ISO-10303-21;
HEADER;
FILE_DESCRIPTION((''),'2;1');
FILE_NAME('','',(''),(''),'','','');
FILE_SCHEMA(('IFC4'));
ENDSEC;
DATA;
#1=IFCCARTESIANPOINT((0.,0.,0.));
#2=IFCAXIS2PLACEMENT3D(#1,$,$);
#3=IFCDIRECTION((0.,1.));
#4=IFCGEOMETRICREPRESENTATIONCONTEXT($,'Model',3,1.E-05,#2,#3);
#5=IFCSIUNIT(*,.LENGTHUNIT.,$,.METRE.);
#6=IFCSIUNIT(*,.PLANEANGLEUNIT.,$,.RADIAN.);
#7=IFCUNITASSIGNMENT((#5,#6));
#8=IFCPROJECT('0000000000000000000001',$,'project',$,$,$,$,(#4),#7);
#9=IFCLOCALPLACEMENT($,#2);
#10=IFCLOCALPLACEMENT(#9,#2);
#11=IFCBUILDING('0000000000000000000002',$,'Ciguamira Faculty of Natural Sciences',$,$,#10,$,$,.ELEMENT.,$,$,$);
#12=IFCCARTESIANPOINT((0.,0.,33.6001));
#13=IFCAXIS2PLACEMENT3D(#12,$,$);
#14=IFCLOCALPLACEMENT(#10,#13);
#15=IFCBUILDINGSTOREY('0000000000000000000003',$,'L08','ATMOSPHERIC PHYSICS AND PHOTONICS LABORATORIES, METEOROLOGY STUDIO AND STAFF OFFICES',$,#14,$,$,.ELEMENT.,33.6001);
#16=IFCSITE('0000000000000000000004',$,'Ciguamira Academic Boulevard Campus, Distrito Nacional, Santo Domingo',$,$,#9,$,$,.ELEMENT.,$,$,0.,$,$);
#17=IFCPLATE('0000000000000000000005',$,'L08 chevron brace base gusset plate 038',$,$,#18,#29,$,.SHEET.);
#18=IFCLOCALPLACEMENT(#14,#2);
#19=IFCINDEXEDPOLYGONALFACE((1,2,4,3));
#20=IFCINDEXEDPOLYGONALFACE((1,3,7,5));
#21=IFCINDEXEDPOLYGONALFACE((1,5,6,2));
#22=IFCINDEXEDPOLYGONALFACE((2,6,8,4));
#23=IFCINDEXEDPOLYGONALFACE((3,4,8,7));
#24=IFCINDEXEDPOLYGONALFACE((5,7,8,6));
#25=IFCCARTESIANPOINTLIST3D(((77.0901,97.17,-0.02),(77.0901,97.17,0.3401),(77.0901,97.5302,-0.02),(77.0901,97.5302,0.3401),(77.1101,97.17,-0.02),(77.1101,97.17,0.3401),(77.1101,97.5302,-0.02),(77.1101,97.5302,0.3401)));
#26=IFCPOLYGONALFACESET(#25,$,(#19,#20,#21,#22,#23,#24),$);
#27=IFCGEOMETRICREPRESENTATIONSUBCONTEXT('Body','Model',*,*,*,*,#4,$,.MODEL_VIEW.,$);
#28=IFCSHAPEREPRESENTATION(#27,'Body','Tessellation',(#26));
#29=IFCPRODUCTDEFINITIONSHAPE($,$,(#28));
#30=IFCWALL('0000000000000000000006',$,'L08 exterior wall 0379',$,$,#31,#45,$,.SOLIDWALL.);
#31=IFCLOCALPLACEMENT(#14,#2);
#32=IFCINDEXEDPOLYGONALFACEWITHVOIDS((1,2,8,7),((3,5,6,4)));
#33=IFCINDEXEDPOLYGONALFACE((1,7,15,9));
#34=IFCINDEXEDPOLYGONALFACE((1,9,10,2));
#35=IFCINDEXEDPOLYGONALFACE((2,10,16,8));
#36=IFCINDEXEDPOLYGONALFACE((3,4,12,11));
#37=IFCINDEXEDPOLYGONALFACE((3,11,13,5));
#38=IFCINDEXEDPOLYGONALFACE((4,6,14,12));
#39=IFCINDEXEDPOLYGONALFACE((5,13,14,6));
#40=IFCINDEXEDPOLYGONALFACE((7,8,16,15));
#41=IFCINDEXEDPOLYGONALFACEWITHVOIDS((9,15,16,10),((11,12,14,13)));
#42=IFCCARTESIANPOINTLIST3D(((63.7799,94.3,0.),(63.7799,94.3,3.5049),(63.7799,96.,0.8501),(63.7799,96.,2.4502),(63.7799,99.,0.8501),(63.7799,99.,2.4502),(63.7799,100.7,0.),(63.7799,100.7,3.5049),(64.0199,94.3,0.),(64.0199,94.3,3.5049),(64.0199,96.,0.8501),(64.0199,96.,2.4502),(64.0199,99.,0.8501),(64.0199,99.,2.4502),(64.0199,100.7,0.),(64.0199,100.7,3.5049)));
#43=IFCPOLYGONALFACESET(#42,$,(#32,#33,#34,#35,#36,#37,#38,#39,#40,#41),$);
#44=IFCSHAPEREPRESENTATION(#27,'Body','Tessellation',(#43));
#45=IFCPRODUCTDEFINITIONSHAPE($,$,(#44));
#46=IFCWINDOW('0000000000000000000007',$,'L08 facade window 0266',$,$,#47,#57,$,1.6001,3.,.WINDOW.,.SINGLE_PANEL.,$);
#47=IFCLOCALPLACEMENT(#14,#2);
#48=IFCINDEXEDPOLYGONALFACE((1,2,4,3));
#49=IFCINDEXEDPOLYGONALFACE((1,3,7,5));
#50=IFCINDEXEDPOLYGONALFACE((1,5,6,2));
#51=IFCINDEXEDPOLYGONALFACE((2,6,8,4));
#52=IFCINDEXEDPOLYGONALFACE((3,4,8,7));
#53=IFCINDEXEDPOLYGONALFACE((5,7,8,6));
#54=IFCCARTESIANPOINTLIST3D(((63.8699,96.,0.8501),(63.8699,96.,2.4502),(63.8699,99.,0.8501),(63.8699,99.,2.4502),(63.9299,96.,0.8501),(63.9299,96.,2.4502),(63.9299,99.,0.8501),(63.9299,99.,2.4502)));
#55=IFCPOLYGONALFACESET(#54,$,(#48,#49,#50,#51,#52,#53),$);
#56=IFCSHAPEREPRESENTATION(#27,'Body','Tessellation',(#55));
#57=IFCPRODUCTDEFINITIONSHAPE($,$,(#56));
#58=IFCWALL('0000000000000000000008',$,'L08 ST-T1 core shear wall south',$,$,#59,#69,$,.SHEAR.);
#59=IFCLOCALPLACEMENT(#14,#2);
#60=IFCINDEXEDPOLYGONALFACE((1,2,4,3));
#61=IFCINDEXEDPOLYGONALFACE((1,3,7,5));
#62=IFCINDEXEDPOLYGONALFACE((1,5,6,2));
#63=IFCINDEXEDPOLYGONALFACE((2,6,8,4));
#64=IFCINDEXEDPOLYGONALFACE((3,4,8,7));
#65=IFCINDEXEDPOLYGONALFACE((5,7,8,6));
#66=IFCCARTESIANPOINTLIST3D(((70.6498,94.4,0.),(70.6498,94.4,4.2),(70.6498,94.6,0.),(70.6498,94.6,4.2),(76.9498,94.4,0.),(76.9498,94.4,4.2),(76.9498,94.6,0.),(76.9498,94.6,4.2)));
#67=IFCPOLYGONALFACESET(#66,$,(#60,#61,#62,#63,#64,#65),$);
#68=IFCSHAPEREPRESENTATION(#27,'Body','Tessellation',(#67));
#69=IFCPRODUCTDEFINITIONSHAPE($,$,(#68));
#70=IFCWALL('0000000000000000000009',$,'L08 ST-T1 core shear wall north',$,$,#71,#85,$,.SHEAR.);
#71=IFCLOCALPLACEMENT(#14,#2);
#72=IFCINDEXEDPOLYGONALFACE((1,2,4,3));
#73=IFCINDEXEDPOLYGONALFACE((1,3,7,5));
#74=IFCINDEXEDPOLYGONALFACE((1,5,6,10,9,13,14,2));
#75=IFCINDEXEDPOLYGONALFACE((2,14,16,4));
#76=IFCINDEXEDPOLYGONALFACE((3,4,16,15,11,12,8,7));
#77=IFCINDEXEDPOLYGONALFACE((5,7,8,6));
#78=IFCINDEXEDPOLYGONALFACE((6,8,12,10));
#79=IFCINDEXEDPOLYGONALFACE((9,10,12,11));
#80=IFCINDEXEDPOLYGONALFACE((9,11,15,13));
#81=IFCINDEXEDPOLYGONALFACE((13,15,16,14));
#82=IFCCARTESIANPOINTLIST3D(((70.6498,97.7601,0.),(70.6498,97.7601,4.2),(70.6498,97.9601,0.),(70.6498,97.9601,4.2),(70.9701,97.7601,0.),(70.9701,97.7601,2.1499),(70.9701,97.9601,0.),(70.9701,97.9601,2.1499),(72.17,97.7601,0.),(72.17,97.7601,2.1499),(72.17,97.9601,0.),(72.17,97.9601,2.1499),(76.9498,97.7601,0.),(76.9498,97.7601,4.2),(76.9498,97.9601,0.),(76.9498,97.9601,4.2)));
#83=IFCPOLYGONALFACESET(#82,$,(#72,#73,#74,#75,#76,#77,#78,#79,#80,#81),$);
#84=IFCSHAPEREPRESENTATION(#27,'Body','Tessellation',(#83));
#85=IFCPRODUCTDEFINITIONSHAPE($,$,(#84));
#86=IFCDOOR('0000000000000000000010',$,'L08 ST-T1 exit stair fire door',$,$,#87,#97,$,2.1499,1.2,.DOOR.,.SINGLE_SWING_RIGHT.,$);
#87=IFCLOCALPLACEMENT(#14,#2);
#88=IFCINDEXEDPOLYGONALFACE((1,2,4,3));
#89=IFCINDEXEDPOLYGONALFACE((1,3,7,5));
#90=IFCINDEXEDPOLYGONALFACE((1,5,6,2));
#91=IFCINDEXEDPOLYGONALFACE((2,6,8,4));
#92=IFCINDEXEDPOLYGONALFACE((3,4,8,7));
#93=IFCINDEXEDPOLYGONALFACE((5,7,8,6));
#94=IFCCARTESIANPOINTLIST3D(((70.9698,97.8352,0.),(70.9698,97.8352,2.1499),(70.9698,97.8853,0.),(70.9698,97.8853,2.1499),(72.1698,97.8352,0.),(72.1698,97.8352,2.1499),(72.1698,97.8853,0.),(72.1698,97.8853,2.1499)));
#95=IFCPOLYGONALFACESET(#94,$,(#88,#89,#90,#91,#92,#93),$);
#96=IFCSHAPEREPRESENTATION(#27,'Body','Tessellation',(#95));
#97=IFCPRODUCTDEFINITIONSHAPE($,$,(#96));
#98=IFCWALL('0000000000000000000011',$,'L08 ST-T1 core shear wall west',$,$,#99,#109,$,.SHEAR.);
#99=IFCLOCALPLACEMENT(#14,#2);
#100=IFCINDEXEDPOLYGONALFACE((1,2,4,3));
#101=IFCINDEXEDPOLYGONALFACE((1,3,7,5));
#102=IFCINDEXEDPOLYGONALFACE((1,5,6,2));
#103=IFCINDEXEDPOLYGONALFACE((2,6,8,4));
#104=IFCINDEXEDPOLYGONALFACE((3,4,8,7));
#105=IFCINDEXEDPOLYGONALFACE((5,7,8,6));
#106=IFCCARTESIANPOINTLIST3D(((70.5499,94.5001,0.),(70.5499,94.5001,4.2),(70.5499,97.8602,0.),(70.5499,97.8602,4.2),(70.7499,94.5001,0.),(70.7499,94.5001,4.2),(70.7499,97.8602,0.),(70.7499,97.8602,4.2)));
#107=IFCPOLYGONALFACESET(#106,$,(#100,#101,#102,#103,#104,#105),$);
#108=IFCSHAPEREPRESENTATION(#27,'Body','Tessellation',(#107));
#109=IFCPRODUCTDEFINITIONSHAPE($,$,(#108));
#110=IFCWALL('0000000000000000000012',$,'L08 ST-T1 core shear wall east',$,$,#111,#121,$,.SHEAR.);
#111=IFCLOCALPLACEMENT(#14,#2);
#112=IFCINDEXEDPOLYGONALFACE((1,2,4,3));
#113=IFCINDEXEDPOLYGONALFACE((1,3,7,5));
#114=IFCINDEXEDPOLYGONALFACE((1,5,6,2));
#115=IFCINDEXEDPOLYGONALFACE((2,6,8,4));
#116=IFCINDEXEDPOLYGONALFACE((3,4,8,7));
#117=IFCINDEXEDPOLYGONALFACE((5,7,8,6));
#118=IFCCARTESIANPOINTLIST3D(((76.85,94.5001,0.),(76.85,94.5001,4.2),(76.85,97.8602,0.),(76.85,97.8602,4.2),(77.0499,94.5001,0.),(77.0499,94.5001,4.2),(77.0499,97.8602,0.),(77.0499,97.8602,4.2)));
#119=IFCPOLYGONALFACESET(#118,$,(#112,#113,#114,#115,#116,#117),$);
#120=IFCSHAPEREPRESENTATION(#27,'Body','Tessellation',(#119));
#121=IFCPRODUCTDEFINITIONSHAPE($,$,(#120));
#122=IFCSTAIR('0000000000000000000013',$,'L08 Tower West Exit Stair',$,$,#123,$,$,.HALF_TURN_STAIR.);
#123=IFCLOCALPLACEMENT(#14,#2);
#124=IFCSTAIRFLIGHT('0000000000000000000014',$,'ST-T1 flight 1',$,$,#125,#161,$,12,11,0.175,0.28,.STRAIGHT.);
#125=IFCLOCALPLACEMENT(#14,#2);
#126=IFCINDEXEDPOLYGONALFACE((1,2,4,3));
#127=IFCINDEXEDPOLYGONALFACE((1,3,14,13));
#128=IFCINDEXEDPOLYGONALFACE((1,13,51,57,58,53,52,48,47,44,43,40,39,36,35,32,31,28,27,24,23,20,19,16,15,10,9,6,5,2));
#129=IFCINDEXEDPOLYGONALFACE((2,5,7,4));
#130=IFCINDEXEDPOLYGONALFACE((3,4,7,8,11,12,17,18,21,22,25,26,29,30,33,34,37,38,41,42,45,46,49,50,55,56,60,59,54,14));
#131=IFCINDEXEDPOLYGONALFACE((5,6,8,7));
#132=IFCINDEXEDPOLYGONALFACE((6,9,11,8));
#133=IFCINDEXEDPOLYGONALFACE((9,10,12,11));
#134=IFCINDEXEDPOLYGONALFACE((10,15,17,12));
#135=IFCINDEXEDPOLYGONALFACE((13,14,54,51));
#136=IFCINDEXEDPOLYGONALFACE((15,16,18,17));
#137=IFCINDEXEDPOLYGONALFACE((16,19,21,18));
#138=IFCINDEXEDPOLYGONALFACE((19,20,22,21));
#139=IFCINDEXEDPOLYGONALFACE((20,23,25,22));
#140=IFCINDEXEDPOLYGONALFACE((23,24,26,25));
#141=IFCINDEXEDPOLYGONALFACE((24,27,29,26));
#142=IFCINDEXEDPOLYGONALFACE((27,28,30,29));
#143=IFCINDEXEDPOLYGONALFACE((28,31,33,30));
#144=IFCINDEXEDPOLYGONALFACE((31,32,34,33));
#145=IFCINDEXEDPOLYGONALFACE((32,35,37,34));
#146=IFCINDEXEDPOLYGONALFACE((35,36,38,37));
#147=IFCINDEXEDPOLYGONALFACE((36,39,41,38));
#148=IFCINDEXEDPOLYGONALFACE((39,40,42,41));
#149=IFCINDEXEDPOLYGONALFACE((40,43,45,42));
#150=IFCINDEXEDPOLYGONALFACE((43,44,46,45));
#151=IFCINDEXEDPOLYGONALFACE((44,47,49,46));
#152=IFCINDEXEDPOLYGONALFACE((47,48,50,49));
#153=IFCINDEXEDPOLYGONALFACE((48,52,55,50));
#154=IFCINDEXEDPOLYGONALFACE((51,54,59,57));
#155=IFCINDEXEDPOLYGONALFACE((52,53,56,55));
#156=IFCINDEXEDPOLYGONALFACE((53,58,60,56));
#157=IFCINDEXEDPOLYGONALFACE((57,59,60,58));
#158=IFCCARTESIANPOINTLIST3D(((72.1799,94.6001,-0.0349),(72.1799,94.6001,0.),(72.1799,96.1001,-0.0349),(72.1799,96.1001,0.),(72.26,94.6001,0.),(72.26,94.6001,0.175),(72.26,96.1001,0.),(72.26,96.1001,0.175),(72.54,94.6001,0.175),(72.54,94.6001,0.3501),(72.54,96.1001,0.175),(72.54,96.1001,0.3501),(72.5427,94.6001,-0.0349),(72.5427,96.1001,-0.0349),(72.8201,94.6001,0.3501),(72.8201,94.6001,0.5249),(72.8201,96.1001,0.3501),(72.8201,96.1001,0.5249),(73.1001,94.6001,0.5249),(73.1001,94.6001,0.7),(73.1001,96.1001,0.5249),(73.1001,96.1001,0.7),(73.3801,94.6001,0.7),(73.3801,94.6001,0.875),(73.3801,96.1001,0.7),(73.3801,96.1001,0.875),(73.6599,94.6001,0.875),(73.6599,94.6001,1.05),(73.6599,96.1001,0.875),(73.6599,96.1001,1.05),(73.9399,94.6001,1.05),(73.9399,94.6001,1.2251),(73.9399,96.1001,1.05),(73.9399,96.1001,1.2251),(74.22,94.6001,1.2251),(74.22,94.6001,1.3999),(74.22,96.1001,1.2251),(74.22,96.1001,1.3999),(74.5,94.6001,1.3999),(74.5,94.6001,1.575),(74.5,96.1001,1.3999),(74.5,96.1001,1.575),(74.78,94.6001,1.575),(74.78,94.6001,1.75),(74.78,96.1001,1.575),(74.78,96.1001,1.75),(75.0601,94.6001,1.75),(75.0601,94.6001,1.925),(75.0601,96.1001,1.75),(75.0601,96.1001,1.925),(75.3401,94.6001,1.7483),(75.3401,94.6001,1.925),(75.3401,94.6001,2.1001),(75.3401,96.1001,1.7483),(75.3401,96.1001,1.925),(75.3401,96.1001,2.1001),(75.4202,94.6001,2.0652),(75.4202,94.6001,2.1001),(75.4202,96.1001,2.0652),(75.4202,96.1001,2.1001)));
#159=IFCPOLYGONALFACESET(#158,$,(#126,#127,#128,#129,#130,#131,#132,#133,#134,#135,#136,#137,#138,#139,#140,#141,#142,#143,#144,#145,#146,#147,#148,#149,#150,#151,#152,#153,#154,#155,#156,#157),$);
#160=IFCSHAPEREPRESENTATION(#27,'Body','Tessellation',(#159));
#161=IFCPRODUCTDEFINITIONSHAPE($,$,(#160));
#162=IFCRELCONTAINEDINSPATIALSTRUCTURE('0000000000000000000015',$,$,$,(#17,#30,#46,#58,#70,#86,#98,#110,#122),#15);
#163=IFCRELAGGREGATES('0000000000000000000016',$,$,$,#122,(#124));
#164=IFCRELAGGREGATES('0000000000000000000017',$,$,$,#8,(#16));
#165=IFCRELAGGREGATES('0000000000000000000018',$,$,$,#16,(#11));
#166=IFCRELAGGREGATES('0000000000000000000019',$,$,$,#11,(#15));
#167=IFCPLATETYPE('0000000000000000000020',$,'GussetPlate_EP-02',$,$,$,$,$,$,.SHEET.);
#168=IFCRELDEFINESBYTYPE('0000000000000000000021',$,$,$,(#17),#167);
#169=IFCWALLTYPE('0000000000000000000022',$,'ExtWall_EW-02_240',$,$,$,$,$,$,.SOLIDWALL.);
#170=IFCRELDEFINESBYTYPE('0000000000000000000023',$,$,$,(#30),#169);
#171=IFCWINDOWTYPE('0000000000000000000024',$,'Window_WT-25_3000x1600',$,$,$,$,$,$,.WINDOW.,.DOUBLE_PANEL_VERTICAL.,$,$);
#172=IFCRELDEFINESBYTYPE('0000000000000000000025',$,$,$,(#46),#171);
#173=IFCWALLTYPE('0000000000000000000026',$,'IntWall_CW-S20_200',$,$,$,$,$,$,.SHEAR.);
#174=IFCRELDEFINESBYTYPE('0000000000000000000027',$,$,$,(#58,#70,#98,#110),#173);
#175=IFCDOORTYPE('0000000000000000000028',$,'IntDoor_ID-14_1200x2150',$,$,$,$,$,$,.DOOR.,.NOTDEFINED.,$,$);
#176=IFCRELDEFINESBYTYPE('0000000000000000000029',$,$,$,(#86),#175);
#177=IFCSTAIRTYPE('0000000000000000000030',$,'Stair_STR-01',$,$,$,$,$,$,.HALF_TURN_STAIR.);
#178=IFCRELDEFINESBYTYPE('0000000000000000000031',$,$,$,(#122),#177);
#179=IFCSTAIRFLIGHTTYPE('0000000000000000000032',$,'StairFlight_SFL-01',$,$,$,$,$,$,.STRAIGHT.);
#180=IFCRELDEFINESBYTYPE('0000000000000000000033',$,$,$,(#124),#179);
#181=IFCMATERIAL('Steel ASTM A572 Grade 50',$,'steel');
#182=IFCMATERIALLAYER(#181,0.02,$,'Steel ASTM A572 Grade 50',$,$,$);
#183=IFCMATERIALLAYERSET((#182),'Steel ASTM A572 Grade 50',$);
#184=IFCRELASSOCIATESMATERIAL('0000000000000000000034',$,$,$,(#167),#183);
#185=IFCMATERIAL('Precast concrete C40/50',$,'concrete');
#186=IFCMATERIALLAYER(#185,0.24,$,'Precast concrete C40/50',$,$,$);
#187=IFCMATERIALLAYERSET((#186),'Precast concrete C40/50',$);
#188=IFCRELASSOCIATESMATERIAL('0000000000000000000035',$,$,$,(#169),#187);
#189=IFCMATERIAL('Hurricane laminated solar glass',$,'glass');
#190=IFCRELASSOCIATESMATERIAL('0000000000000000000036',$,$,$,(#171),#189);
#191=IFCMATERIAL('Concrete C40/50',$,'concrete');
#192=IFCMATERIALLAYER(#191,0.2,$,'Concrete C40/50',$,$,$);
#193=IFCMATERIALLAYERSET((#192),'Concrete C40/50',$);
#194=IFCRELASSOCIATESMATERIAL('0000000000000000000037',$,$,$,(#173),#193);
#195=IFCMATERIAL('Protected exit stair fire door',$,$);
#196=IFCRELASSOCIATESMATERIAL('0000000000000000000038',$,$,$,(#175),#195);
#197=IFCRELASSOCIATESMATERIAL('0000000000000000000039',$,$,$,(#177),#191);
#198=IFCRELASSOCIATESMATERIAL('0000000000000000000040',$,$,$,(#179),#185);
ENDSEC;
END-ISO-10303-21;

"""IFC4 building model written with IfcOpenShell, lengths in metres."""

from ifc_helpers import new_model, si_unit, direction, frame, frame_2d, origin, origin_2d, place, context, subcontext, project, spatial, polyline, rectangle, outline, extrude, material, layer, layer_set, type_object, element, fill, aggregate, save


model = new_model("IFC4")

# Units and contexts
model_context = context("Model", 3, precision=1e-05, world=origin(), true_north=direction((0.0, 1.0)))
body_context = subcontext(model_context, "Body", "Model", "MODEL_VIEW")
ifc_project = project(units=[si_unit("LENGTHUNIT", "METRE"), si_unit("PLANEANGLEUNIT", "RADIAN")], contexts=[model_context])

# Site, building, storey
site_placement = place(None, origin())
site = spatial("IfcSite", under=ifc_project, at=site_placement, Name="Ciguamira Academic Boulevard Campus, Distrito Nacional, Santo Domingo", CompositionType="ELEMENT", RefElevation=0.0)
building_placement = place(site_placement, origin())
building = spatial("IfcBuilding", under=site, at=building_placement, Name="Ciguamira Faculty of Natural Sciences", CompositionType="ELEMENT")
storey_placement = place(building_placement, frame((0.0, 0.0, 33.6001)))
storey = spatial("IfcBuildingStorey", under=building, at=storey_placement, Name="L08", Description="ATMOSPHERIC PHYSICS AND PHOTONICS LABORATORIES, METEOROLOGY STUDIO AND STAFF OFFICES", CompositionType="ELEMENT", Elevation=33.6001)

# Shared definitions
ifc_material_1 = material(Name="Concrete C40/50", Category="concrete")

# Shared definitions
ifc_material_2 = material(Name="Precast concrete C40/50", Category="concrete")

# Plate
ifc_material_3 = material(Name="Steel ASTM A572 Grade 50", Category="steel")
ifc_layer_1 = layer(ifc_material_3, 0.02, Name="Steel ASTM A572 Grade 50")
ifc_layer_set_1 = layer_set([ifc_layer_1], Name="Steel ASTM A572 Grade 50")
plate_type = type_object("IfcPlateType", Name="GussetPlate_EP-02", PredefinedType="SHEET", material=ifc_layer_set_1)
for number, where, z_axis, x_axis, name in (
    (1, (77.1001, 97.3501, -0.02), (0.0, 0.0, 1.0), (1.0, 0.0, 0.0), "L08 chevron brace base gusset plate 038"),
):
    element("IfcPlate", number, at=place(storey_placement, frame(where, z_axis=z_axis, x_axis=x_axis)), inside=storey, type_object=plate_type, Name=name, PredefinedType="SHEET", context=body_context, shape_type="SweptSolid", body=[
        extrude(rectangle(XDim=0.02, YDim=0.3601, at=origin_2d()), origin(), (0.0, 0.0, 1.0), 0.3601),
    ])

# Wall, opening, window
ifc_layer_2 = layer(ifc_material_2, 0.24, Name="Precast concrete C40/50")
ifc_layer_set_2 = layer_set([ifc_layer_2], Name="Precast concrete C40/50")
wall_type_1 = type_object("IfcWallType", Name="ExtWall_EW-02_240", PredefinedType="SOLIDWALL", material=ifc_layer_set_2)
wall_1_placement = place(storey_placement, frame((63.8999, 94.3, 0.0), z_axis=(0.0, 0.0, 1.0), x_axis=(0.0, 1.0, 0.0)))
wall_1 = element("IfcWall", 2, at=wall_1_placement, inside=storey, type_object=wall_type_1, Name="L08 exterior wall 0379", PredefinedType="SOLIDWALL", context=body_context, shape_type="SweptSolid", body=[
    extrude(rectangle(XDim=6.3999, YDim=0.24, at=frame_2d((3.2, 0.0))), origin(), (0.0, 0.0, 1.0), 3.5049),
])
opening_1_placement = place(wall_1_placement, frame((1.7, 0.0, 0.8501)))
opening_1 = element("IfcOpeningElement", 3, at=opening_1_placement, cuts=wall_1, PredefinedType="OPENING", context=body_context, shape_type="SweptSolid", body=[
    extrude(rectangle(XDim=3.0, YDim=1.6001, at=frame_2d((1.5, 0.8))), frame((0.0, 0.1299, 0.0), z_axis=(0.0, -1.0, 0.0), x_axis=(1.0, 0.0, 0.0)), (0.0, 0.0, 1.0), 0.26),
])
ifc_material_4 = material(Name="Hurricane laminated solar glass", Category="glass")
window_type = type_object("IfcWindowType", Name="Window_WT-25_3000x1600", PartitioningType="DOUBLE_PANEL_VERTICAL", PredefinedType="WINDOW", material=ifc_material_4)
window_placement = place(opening_1_placement, origin())
window = element("IfcWindow", 4, at=window_placement, inside=storey, type_object=window_type, Name="L08 facade window 0266", OverallHeight=1.6001, OverallWidth=3.0, PartitioningType="SINGLE_PANEL", PredefinedType="WINDOW", context=body_context, shape_type="SweptSolid", body=[
    extrude(rectangle(XDim=3.0, YDim=1.6001, at=frame_2d((1.5, 0.8))), frame((0.0, 0.03, 0.0), z_axis=(0.0, -1.0, 0.0), x_axis=(1.0, 0.0, 0.0)), (0.0, 0.0, 1.0), 0.0601),
])
fill(opening_1, window)

# Wall
ifc_layer_3 = layer(ifc_material_1, 0.2, Name="Concrete C40/50")
ifc_layer_set_3 = layer_set([ifc_layer_3], Name="Concrete C40/50")
wall_type_2 = type_object("IfcWallType", Name="IntWall_CW-S20_200", PredefinedType="SHEAR", material=ifc_layer_set_3)
wall_2_placement = place(storey_placement, frame((70.6499, 94.5, 0.0), z_axis=(0.0, 0.0, 1.0), x_axis=(1.0, 0.0, 0.0)))
element("IfcWall", 5, at=wall_2_placement, inside=storey, type_object=wall_type_2, Name="L08 ST-T1 core shear wall south", PredefinedType="SHEAR", context=body_context, shape_type="SweptSolid", body=[
    extrude(rectangle(XDim=6.3, YDim=0.2, at=frame_2d((3.1499, 0.0))), origin(), (0.0, 0.0, 1.0), 4.2),
])

# Wall, opening, door
wall_3_placement = place(storey_placement, frame((70.6499, 97.8601, 0.0), z_axis=(0.0, 0.0, 1.0), x_axis=(1.0, 0.0, 0.0)))
wall_3 = element("IfcWall", 6, at=wall_3_placement, inside=storey, type_object=wall_type_2, Name="L08 ST-T1 core shear wall north", PredefinedType="SHEAR", context=body_context, shape_type="SweptSolid", body=[
    extrude(rectangle(XDim=6.3, YDim=0.2, at=frame_2d((3.1499, 0.0))), origin(), (0.0, 0.0, 1.0), 4.2),
])
opening_2_placement = place(wall_3_placement, frame((0.3201, 0.0, 0.0)))
opening_2 = element("IfcOpeningElement", 7, at=opening_2_placement, cuts=wall_3, PredefinedType="OPENING", context=body_context, shape_type="SweptSolid", body=[
    extrude(rectangle(XDim=1.2, YDim=2.1499, at=frame_2d((0.6001, 1.075))), frame((0.0, 0.1099, 0.0), z_axis=(0.0, -1.0, 0.0), x_axis=(1.0, 0.0, 0.0)), (0.0, 0.0, 1.0), 0.22),
])
ifc_material_5 = material(Name="Protected exit stair fire door")
door_type = type_object("IfcDoorType", Name="IntDoor_ID-14_1200x2150", OperationType="NOTDEFINED", PredefinedType="DOOR", material=ifc_material_5)
door_placement = place(opening_2_placement, frame((1.2, 0.0, 0.0), z_axis=(0.0, 0.0, 1.0), x_axis=(-1.0, 0.0, 0.0)))
door = element("IfcDoor", 8, at=door_placement, inside=storey, type_object=door_type, Name="L08 ST-T1 exit stair fire door", OperationType="SINGLE_SWING_RIGHT", OverallHeight=2.1499, OverallWidth=1.2, PredefinedType="DOOR", context=body_context, shape_type="SweptSolid", body=[
    extrude(rectangle(XDim=1.2, YDim=2.1499, at=frame_2d((0.6001, 1.075))), frame((0.0, 0.0249, 0.0), z_axis=(0.0, -1.0, 0.0), x_axis=(1.0, 0.0, 0.0)), (0.0, 0.0, 1.0), 0.05),
])
fill(opening_2, door)

# Walls
for number, where, z_axis, x_axis, name in (
    (9, (70.6499, 94.5, 0.0), (0.0, 0.0, 1.0), (0.0, 1.0, 0.0), "L08 ST-T1 core shear wall west"),
    (10, (76.95, 94.5, 0.0), (0.0, 0.0, 1.0), (0.0, 1.0, 0.0), "L08 ST-T1 core shear wall east"),
):
    element("IfcWall", number, at=place(storey_placement, frame(where, z_axis=z_axis, x_axis=x_axis)), inside=storey, type_object=wall_type_2, Name=name, PredefinedType="SHEAR", context=body_context, shape_type="SweptSolid", body=[
        extrude(rectangle(XDim=3.3601, YDim=0.2, at=frame_2d((1.6802, 0.0))), origin(), (0.0, 0.0, 1.0), 4.2),
    ])

# Stair, stair flight
stair_type = type_object("IfcStairType", Name="Stair_STR-01", PredefinedType="HALF_TURN_STAIR", material=ifc_material_1)
stair_placement = place(storey_placement, origin())
stair = element("IfcStair", 11, at=stair_placement, inside=storey, type_object=stair_type, Name="L08 Tower West Exit Stair", PredefinedType="HALF_TURN_STAIR")
stair_flight_type = type_object("IfcStairFlightType", Name="StairFlight_SFL-01", PredefinedType="STRAIGHT", material=ifc_material_2)
stair_flight_1_placement = place(storey_placement, frame((72.26, 95.3501, 0.0), z_axis=(0.0, 0.0, 1.0), x_axis=(1.0, 0.0, 0.0)))
stair_flight_1 = element("IfcStairFlight", 12, at=stair_flight_1_placement, type_object=stair_flight_type, Name="ST-T1 flight 1", NumberOfRisers=12, NumberOfTreads=11, PredefinedType="STRAIGHT", RiserHeight=0.175, TreadLength=0.28, context=body_context, shape_type="SweptSolid", body=[
    extrude(outline(polyline([(-0.0801, -0.0349), (-0.0801, 0.0), (0.0, 0.0), (0.0, 0.175), (0.28, 0.175), (0.28, 0.3501), (0.5601, 0.3501), (0.5601, 0.5249), (0.8401, 0.5249), (0.8401, 0.7), (1.1201, 0.7), (1.1201, 0.875), (1.3999, 0.875), (1.3999, 1.05), (1.6799, 1.05), (1.6799, 1.2251), (1.96, 1.2251), (1.96, 1.3999), (2.24, 1.3999), (2.24, 1.575), (2.52, 1.575), (2.52, 1.75), (2.8, 1.75), (2.8, 1.925), (3.0801, 1.925), (3.0801, 2.1001), (3.1602, 2.1001), (3.1602, 2.0652), (3.0801, 1.7483), (0.2827, -0.0349), (-0.0801, -0.0349)])), frame((0.0, 0.75, 0.0), z_axis=(0.0, -1.0, 0.0), x_axis=(1.0, 0.0, 0.0)), (0.0, 0.0, 1.0), 1.5),
])
aggregate(stair, [stair_flight_1])

save(model, "model.ifc")
